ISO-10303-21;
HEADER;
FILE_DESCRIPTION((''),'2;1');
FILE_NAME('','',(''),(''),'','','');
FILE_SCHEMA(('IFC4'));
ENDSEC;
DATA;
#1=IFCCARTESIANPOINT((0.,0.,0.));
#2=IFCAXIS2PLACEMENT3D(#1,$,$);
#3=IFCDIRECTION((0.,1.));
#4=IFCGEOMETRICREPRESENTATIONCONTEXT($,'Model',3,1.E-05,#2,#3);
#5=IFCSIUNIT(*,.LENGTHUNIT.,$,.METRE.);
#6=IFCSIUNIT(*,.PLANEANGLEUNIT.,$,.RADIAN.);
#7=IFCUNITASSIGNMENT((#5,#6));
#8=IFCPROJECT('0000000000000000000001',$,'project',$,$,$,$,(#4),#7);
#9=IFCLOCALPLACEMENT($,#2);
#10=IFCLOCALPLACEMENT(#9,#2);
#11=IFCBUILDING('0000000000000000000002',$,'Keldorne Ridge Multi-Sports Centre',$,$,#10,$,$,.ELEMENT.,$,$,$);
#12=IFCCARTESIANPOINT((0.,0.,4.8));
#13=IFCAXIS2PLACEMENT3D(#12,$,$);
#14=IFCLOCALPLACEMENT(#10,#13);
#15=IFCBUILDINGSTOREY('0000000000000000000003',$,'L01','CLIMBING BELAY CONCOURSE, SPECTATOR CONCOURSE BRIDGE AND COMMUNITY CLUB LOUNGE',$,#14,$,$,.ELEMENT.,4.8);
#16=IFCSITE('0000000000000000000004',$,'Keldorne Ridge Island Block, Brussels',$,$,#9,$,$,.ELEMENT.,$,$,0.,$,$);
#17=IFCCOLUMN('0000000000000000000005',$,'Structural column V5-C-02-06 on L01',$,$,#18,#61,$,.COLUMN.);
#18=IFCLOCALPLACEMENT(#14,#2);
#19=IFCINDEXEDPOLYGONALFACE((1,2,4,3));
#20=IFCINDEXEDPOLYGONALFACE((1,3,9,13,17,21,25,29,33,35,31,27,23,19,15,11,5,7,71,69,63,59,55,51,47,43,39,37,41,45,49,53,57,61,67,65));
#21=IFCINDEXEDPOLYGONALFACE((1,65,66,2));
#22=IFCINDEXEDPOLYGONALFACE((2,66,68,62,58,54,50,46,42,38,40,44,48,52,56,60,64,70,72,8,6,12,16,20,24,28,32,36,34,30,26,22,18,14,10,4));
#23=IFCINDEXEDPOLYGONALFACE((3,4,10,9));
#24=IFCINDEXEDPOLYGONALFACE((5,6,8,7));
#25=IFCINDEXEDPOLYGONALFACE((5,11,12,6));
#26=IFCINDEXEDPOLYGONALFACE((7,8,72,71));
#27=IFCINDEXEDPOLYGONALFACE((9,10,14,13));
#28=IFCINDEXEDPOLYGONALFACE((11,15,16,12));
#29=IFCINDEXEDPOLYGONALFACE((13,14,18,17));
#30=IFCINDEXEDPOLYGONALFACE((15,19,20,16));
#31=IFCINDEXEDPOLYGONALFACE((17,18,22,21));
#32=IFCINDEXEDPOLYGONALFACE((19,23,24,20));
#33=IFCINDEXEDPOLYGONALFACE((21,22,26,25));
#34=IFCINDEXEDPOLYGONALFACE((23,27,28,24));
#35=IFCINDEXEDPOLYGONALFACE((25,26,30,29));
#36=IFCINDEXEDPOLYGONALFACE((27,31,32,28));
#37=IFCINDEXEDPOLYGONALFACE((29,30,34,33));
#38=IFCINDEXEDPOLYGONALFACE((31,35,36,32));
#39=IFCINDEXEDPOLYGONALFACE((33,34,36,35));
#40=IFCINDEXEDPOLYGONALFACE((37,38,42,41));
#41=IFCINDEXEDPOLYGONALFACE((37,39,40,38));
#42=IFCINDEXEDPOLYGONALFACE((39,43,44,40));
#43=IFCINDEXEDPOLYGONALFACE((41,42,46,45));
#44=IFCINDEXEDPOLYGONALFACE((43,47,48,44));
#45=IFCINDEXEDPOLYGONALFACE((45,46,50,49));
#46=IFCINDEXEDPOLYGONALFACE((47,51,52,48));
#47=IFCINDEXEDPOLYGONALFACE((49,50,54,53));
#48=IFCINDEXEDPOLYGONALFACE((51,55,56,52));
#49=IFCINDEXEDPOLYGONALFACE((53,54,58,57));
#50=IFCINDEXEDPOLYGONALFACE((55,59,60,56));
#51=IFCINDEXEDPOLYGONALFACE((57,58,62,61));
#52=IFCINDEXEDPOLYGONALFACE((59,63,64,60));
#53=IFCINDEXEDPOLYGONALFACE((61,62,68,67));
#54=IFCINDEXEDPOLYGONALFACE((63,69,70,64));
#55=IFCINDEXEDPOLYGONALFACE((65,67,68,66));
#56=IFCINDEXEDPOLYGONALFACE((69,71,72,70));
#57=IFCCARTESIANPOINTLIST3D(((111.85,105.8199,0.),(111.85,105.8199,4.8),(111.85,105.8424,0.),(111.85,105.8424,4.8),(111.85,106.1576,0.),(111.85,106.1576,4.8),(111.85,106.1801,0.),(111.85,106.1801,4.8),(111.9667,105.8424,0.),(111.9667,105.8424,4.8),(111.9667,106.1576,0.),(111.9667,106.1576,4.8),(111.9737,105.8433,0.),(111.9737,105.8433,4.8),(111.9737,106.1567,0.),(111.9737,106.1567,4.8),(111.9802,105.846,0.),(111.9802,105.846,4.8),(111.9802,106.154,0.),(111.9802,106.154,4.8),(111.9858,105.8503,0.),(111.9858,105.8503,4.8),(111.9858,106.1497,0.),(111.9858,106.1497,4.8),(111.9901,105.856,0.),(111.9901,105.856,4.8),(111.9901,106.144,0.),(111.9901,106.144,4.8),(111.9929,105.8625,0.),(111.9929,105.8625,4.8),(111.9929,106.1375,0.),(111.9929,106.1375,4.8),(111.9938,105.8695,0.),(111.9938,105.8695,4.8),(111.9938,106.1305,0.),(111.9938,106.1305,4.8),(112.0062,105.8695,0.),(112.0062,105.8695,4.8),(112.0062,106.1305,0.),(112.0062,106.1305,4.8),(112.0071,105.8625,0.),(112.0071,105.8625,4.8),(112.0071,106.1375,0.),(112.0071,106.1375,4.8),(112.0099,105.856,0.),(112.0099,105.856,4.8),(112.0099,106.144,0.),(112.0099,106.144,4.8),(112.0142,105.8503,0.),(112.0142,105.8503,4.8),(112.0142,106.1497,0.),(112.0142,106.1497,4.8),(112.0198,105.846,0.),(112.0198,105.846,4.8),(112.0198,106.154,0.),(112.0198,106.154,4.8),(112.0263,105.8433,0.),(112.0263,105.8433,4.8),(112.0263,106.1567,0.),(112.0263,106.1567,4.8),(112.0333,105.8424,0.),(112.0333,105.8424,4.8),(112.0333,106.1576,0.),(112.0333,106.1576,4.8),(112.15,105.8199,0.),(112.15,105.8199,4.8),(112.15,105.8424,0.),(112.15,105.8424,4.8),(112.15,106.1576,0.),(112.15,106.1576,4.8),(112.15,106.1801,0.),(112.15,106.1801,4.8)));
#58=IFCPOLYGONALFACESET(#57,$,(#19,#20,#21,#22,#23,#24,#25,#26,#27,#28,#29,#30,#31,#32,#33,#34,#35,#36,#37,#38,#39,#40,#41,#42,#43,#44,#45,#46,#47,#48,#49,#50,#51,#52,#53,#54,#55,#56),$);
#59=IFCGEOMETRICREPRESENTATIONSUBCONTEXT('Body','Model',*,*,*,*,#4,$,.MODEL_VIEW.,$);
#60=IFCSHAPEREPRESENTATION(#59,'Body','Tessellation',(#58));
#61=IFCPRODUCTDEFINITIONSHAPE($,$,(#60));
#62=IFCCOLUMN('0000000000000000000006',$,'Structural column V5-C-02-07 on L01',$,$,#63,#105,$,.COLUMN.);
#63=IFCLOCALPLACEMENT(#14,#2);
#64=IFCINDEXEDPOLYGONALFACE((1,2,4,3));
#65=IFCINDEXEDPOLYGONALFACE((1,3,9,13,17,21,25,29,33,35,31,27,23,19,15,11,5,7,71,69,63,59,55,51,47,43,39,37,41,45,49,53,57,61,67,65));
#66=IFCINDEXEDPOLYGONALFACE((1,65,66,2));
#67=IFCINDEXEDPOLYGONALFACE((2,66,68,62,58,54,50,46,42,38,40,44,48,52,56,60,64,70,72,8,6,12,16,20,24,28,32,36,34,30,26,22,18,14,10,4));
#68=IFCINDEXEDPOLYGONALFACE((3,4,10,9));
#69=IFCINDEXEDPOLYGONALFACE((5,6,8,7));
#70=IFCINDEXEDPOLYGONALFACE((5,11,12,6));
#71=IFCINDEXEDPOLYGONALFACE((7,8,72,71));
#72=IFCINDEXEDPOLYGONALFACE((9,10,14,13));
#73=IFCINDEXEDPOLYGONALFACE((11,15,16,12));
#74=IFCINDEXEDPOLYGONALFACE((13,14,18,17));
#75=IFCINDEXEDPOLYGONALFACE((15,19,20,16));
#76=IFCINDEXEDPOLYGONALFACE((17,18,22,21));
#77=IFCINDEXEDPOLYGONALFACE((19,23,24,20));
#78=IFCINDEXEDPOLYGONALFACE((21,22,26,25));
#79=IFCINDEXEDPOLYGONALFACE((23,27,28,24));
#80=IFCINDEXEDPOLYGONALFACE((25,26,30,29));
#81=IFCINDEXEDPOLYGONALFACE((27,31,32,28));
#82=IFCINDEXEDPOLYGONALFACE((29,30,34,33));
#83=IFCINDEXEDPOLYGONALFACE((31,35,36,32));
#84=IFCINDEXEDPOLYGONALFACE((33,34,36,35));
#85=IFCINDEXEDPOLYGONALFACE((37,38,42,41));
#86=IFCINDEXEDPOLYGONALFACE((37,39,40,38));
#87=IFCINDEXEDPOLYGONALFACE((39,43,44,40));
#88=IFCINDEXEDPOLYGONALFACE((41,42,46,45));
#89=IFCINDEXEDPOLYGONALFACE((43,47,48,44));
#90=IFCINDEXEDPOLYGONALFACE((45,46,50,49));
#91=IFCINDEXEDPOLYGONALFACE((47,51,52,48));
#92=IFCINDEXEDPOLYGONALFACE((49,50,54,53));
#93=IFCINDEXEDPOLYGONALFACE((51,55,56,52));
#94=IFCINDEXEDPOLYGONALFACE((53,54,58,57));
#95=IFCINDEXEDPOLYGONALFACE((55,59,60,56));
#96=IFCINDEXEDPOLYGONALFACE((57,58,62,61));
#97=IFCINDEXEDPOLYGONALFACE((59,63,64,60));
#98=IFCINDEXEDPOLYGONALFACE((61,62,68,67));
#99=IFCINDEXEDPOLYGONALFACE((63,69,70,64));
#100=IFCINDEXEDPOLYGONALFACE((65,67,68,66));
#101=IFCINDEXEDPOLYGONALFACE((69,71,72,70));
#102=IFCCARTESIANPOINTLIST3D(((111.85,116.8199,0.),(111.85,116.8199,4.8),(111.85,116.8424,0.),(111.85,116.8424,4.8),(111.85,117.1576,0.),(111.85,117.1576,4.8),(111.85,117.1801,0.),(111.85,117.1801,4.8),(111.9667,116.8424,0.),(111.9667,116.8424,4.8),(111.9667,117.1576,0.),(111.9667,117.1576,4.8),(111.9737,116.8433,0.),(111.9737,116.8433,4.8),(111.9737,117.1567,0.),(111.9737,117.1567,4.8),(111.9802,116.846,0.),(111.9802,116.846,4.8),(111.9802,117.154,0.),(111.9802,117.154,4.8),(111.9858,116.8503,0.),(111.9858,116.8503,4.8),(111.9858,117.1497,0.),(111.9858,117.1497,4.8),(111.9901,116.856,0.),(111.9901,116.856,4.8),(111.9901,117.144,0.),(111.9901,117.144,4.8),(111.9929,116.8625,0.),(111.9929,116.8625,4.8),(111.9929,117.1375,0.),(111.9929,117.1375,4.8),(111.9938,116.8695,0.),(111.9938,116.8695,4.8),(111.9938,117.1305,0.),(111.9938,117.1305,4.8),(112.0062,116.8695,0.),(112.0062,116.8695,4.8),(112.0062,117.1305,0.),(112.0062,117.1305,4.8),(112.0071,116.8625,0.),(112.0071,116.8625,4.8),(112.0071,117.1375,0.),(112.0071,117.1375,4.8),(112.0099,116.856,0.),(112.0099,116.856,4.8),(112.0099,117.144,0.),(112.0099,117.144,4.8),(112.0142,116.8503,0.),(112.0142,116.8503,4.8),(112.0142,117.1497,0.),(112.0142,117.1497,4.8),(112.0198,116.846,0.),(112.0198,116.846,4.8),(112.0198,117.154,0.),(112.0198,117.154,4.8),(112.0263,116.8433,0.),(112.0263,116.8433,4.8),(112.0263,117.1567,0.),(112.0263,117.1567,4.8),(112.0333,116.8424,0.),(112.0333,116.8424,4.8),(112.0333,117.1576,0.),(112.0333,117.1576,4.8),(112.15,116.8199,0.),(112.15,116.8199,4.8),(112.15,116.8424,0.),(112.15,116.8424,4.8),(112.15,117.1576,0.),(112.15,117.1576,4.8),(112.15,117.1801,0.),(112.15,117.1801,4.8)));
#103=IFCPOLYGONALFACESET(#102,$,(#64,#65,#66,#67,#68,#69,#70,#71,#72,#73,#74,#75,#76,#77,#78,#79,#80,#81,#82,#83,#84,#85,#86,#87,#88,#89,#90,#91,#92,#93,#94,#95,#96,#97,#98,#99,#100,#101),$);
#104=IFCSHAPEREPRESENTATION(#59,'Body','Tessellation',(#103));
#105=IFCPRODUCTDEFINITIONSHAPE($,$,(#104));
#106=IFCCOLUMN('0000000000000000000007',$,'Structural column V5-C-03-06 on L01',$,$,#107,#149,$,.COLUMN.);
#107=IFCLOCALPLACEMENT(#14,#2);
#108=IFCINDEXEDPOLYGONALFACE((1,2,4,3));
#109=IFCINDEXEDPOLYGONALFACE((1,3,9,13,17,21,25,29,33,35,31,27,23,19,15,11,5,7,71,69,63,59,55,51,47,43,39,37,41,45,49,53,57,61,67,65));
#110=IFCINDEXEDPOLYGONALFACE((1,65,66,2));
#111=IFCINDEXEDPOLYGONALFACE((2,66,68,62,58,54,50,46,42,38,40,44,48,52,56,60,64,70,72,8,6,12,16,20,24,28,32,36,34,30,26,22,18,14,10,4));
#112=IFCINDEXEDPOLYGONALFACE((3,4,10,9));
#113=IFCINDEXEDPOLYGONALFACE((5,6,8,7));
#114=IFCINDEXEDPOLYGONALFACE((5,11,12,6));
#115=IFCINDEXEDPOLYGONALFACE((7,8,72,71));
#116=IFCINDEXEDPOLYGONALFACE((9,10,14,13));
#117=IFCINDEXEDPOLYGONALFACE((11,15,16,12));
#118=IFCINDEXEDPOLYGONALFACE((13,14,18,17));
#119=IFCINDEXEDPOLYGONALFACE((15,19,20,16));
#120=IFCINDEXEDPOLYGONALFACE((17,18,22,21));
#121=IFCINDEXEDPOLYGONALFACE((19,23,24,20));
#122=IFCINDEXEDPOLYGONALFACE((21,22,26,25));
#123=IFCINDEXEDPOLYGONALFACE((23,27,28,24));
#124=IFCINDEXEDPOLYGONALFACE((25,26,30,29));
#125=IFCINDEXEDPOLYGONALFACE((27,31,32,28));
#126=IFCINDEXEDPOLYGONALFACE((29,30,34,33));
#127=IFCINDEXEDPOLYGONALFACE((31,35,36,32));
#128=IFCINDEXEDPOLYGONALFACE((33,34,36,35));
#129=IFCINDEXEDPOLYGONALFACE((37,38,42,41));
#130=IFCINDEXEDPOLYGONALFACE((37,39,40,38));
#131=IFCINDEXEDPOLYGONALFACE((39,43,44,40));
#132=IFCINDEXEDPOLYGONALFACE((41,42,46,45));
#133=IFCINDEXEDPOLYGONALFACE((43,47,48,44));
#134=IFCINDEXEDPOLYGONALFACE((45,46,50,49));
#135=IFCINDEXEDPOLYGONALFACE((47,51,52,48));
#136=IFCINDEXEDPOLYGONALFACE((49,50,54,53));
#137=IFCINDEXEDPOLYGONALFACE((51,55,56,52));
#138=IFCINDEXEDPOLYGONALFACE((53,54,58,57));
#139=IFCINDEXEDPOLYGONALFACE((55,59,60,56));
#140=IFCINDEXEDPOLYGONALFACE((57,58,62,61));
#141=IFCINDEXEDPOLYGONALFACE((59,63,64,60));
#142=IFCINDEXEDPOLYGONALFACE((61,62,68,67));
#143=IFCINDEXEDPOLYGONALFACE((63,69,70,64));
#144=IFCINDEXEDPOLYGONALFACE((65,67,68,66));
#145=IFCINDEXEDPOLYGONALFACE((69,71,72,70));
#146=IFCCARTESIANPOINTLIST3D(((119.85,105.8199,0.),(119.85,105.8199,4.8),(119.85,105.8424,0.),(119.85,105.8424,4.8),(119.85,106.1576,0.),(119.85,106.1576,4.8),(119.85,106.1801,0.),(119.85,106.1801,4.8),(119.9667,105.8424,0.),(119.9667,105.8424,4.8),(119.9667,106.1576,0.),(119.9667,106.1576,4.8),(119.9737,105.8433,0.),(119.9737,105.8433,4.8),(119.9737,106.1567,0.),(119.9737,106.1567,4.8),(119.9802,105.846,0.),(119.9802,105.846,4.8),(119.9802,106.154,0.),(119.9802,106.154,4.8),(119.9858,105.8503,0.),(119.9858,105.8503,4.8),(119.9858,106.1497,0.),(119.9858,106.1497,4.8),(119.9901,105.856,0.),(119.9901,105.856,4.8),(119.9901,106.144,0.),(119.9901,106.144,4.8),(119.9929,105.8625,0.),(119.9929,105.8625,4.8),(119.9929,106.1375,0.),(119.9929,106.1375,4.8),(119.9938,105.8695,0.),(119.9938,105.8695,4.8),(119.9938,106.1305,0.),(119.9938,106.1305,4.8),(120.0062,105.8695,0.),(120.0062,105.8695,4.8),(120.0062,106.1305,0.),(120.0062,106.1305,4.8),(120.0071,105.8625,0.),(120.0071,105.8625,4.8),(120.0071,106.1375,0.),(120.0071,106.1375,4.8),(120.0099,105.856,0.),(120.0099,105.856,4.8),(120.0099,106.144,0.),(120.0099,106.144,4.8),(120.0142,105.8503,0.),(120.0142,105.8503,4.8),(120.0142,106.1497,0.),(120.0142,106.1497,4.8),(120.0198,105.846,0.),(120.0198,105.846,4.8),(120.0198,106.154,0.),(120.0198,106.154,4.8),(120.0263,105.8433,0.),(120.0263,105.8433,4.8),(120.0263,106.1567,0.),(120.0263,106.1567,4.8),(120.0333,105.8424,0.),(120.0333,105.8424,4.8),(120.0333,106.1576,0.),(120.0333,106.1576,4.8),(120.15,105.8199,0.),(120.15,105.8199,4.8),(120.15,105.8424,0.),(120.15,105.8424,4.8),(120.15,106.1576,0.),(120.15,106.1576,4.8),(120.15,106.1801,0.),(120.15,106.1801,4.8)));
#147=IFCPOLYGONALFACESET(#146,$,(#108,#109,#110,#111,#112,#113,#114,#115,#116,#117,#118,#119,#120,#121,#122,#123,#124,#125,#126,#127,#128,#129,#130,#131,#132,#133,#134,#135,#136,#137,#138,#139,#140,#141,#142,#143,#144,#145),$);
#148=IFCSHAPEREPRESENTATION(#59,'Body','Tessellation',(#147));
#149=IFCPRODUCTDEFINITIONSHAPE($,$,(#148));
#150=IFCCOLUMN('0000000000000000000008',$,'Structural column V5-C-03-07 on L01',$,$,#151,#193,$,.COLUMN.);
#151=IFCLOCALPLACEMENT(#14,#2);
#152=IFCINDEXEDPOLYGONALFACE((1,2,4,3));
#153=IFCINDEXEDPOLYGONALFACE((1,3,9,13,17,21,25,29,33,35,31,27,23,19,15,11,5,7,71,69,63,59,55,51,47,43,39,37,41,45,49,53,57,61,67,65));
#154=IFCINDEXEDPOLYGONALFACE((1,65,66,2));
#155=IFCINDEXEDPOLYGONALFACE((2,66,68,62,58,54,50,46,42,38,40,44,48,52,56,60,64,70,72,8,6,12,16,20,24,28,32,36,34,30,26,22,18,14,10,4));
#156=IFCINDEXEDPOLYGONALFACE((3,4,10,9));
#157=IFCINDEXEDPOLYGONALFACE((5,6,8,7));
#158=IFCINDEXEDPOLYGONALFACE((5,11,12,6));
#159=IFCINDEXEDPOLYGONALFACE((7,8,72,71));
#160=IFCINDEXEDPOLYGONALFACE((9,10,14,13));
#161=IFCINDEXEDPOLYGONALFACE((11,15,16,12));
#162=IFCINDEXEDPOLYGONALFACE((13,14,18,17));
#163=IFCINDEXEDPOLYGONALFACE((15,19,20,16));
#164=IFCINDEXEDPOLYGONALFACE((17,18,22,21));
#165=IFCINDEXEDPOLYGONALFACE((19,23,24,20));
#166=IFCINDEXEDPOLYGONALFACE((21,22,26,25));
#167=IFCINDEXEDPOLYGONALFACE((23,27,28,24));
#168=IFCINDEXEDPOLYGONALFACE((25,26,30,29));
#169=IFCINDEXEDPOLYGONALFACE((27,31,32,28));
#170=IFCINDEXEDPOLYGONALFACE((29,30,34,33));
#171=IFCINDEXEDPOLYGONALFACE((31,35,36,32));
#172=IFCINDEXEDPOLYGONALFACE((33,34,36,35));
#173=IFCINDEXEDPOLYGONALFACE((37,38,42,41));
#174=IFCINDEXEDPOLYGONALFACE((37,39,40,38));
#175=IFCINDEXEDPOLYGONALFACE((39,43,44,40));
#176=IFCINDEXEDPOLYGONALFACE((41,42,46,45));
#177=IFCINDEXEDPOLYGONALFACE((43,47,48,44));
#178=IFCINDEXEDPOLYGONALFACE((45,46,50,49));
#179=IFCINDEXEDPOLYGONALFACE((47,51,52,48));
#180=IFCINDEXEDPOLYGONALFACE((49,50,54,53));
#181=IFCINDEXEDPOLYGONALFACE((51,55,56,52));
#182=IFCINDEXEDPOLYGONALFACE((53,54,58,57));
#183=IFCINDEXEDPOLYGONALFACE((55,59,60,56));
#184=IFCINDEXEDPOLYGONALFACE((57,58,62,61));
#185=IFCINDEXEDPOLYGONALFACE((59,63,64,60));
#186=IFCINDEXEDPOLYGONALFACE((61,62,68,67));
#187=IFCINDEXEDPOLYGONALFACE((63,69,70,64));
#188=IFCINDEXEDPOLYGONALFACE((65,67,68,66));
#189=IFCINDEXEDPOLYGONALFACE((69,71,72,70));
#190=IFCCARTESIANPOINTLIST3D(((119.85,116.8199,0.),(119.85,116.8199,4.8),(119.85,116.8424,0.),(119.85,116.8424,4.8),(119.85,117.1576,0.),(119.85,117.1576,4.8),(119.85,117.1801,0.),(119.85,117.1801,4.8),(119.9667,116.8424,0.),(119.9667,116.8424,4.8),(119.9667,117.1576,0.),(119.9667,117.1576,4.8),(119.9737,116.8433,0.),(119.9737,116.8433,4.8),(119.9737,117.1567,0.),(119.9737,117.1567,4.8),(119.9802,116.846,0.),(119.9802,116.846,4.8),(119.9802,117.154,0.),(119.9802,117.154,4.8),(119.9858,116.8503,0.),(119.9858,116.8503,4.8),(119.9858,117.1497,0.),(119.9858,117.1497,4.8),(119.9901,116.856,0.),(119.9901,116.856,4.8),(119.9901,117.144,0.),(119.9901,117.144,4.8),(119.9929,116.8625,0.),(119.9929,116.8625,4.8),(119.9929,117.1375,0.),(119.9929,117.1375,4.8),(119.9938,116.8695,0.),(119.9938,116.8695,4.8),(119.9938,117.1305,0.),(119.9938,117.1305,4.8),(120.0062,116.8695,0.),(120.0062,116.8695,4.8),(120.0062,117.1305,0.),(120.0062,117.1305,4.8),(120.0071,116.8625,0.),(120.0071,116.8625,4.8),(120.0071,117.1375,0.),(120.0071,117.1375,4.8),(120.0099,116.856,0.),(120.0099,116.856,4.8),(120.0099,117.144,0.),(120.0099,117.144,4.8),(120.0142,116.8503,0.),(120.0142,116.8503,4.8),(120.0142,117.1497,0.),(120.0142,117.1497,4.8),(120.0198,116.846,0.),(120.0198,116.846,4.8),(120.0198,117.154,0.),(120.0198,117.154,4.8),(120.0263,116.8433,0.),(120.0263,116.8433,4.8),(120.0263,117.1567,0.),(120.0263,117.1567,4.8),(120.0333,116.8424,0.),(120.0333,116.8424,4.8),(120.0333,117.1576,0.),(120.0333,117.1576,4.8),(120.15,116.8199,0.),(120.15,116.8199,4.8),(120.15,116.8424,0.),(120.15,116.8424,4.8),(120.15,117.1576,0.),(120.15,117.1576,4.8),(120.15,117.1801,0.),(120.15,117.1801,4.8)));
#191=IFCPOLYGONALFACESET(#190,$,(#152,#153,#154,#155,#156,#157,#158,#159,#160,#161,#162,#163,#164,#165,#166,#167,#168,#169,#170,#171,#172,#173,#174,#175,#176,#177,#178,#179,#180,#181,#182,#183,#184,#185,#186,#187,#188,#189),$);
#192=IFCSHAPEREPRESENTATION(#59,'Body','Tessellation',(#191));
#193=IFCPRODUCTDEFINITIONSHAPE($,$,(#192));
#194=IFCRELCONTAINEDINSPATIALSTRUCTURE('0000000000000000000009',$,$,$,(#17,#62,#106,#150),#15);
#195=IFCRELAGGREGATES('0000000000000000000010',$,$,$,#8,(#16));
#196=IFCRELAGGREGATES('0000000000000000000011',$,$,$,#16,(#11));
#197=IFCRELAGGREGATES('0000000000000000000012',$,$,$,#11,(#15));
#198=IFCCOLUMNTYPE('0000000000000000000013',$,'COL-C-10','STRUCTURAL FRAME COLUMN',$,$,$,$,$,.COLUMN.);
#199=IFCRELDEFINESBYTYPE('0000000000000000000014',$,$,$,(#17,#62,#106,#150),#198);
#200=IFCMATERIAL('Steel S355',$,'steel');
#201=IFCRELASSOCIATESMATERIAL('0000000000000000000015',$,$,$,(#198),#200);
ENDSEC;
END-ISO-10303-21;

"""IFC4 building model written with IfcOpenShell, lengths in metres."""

from ifc_helpers import new_model, si_unit, direction, frame, origin, origin_2d, place, context, subcontext, project, spatial, i_section, extrude, material, material_profile, profile_set, type_object, element, save


model = new_model("IFC4")

# Units and contexts
model_context = context("Model", 3, precision=1e-05, world=origin(), true_north=direction((0.0, 1.0)))
body_context = subcontext(model_context, "Body", "Model", "MODEL_VIEW")
ifc_project = project(units=[si_unit("LENGTHUNIT", "METRE"), si_unit("PLANEANGLEUNIT", "RADIAN")], contexts=[model_context])

# Site, building, storey
site_placement = place(None, origin())
site = spatial("IfcSite", under=ifc_project, at=site_placement, Name="Keldorne Ridge Island Block, Brussels", CompositionType="ELEMENT", RefElevation=0.0)
building_placement = place(site_placement, origin())
building = spatial("IfcBuilding", under=site, at=building_placement, Name="Keldorne Ridge Multi-Sports Centre", CompositionType="ELEMENT")
storey_placement = place(building_placement, frame((0.0, 0.0, 4.8)))
storey = spatial("IfcBuildingStorey", under=building, at=storey_placement, Name="L01", Description="CLIMBING BELAY CONCOURSE, SPECTATOR CONCOURSE BRIDGE AND COMMUNITY CLUB LOUNGE", CompositionType="ELEMENT", Elevation=4.8)

# Columns
ifc_material_1 = material(Name="Steel S355", Category="steel")
ifc_material_profile_1 = material_profile(ifc_material_1, i_section(OverallWidth=0.3, OverallDepth=0.3601, WebThickness=0.0125, FlangeThickness=0.0225, FilletRadius=0.0271, at=origin_2d()), Name="HEB 360")
ifc_profile_set_1 = profile_set([ifc_material_profile_1], Name="Steel S355")
column_type = type_object("IfcColumnType", Name="COL-C-10", Description="STRUCTURAL FRAME COLUMN", PredefinedType="COLUMN", material=ifc_profile_set_1)
for number, where, z_axis, x_axis, name in (
    (1, (112.0, 106.0, 0.0), (0.0, 0.0, 1.0), (1.0, 0.0, 0.0), "Structural column V5-C-02-06 on L01"),
    (2, (112.0, 117.0, 0.0), (0.0, 0.0, 1.0), (1.0, 0.0, 0.0), "Structural column V5-C-02-07 on L01"),
    (3, (120.0, 106.0, 0.0), (0.0, 0.0, 1.0), (1.0, 0.0, 0.0), "Structural column V5-C-03-06 on L01"),
    (4, (120.0, 117.0, 0.0), (0.0, 0.0, 1.0), (1.0, 0.0, 0.0), "Structural column V5-C-03-07 on L01"),
):
    element("IfcColumn", number, at=place(storey_placement, frame(where, z_axis=z_axis, x_axis=x_axis)), inside=storey, type_object=column_type, Name=name, PredefinedType="COLUMN", context=body_context, shape_type="SweptSolid", body=[
        extrude(i_section(OverallWidth=0.3, OverallDepth=0.3601, WebThickness=0.0125, FlangeThickness=0.0225, FilletRadius=0.0271, at=origin_2d()), origin(), (0.0, 0.0, 1.0), 4.8),
    ])

save(model, "model.ifc")
